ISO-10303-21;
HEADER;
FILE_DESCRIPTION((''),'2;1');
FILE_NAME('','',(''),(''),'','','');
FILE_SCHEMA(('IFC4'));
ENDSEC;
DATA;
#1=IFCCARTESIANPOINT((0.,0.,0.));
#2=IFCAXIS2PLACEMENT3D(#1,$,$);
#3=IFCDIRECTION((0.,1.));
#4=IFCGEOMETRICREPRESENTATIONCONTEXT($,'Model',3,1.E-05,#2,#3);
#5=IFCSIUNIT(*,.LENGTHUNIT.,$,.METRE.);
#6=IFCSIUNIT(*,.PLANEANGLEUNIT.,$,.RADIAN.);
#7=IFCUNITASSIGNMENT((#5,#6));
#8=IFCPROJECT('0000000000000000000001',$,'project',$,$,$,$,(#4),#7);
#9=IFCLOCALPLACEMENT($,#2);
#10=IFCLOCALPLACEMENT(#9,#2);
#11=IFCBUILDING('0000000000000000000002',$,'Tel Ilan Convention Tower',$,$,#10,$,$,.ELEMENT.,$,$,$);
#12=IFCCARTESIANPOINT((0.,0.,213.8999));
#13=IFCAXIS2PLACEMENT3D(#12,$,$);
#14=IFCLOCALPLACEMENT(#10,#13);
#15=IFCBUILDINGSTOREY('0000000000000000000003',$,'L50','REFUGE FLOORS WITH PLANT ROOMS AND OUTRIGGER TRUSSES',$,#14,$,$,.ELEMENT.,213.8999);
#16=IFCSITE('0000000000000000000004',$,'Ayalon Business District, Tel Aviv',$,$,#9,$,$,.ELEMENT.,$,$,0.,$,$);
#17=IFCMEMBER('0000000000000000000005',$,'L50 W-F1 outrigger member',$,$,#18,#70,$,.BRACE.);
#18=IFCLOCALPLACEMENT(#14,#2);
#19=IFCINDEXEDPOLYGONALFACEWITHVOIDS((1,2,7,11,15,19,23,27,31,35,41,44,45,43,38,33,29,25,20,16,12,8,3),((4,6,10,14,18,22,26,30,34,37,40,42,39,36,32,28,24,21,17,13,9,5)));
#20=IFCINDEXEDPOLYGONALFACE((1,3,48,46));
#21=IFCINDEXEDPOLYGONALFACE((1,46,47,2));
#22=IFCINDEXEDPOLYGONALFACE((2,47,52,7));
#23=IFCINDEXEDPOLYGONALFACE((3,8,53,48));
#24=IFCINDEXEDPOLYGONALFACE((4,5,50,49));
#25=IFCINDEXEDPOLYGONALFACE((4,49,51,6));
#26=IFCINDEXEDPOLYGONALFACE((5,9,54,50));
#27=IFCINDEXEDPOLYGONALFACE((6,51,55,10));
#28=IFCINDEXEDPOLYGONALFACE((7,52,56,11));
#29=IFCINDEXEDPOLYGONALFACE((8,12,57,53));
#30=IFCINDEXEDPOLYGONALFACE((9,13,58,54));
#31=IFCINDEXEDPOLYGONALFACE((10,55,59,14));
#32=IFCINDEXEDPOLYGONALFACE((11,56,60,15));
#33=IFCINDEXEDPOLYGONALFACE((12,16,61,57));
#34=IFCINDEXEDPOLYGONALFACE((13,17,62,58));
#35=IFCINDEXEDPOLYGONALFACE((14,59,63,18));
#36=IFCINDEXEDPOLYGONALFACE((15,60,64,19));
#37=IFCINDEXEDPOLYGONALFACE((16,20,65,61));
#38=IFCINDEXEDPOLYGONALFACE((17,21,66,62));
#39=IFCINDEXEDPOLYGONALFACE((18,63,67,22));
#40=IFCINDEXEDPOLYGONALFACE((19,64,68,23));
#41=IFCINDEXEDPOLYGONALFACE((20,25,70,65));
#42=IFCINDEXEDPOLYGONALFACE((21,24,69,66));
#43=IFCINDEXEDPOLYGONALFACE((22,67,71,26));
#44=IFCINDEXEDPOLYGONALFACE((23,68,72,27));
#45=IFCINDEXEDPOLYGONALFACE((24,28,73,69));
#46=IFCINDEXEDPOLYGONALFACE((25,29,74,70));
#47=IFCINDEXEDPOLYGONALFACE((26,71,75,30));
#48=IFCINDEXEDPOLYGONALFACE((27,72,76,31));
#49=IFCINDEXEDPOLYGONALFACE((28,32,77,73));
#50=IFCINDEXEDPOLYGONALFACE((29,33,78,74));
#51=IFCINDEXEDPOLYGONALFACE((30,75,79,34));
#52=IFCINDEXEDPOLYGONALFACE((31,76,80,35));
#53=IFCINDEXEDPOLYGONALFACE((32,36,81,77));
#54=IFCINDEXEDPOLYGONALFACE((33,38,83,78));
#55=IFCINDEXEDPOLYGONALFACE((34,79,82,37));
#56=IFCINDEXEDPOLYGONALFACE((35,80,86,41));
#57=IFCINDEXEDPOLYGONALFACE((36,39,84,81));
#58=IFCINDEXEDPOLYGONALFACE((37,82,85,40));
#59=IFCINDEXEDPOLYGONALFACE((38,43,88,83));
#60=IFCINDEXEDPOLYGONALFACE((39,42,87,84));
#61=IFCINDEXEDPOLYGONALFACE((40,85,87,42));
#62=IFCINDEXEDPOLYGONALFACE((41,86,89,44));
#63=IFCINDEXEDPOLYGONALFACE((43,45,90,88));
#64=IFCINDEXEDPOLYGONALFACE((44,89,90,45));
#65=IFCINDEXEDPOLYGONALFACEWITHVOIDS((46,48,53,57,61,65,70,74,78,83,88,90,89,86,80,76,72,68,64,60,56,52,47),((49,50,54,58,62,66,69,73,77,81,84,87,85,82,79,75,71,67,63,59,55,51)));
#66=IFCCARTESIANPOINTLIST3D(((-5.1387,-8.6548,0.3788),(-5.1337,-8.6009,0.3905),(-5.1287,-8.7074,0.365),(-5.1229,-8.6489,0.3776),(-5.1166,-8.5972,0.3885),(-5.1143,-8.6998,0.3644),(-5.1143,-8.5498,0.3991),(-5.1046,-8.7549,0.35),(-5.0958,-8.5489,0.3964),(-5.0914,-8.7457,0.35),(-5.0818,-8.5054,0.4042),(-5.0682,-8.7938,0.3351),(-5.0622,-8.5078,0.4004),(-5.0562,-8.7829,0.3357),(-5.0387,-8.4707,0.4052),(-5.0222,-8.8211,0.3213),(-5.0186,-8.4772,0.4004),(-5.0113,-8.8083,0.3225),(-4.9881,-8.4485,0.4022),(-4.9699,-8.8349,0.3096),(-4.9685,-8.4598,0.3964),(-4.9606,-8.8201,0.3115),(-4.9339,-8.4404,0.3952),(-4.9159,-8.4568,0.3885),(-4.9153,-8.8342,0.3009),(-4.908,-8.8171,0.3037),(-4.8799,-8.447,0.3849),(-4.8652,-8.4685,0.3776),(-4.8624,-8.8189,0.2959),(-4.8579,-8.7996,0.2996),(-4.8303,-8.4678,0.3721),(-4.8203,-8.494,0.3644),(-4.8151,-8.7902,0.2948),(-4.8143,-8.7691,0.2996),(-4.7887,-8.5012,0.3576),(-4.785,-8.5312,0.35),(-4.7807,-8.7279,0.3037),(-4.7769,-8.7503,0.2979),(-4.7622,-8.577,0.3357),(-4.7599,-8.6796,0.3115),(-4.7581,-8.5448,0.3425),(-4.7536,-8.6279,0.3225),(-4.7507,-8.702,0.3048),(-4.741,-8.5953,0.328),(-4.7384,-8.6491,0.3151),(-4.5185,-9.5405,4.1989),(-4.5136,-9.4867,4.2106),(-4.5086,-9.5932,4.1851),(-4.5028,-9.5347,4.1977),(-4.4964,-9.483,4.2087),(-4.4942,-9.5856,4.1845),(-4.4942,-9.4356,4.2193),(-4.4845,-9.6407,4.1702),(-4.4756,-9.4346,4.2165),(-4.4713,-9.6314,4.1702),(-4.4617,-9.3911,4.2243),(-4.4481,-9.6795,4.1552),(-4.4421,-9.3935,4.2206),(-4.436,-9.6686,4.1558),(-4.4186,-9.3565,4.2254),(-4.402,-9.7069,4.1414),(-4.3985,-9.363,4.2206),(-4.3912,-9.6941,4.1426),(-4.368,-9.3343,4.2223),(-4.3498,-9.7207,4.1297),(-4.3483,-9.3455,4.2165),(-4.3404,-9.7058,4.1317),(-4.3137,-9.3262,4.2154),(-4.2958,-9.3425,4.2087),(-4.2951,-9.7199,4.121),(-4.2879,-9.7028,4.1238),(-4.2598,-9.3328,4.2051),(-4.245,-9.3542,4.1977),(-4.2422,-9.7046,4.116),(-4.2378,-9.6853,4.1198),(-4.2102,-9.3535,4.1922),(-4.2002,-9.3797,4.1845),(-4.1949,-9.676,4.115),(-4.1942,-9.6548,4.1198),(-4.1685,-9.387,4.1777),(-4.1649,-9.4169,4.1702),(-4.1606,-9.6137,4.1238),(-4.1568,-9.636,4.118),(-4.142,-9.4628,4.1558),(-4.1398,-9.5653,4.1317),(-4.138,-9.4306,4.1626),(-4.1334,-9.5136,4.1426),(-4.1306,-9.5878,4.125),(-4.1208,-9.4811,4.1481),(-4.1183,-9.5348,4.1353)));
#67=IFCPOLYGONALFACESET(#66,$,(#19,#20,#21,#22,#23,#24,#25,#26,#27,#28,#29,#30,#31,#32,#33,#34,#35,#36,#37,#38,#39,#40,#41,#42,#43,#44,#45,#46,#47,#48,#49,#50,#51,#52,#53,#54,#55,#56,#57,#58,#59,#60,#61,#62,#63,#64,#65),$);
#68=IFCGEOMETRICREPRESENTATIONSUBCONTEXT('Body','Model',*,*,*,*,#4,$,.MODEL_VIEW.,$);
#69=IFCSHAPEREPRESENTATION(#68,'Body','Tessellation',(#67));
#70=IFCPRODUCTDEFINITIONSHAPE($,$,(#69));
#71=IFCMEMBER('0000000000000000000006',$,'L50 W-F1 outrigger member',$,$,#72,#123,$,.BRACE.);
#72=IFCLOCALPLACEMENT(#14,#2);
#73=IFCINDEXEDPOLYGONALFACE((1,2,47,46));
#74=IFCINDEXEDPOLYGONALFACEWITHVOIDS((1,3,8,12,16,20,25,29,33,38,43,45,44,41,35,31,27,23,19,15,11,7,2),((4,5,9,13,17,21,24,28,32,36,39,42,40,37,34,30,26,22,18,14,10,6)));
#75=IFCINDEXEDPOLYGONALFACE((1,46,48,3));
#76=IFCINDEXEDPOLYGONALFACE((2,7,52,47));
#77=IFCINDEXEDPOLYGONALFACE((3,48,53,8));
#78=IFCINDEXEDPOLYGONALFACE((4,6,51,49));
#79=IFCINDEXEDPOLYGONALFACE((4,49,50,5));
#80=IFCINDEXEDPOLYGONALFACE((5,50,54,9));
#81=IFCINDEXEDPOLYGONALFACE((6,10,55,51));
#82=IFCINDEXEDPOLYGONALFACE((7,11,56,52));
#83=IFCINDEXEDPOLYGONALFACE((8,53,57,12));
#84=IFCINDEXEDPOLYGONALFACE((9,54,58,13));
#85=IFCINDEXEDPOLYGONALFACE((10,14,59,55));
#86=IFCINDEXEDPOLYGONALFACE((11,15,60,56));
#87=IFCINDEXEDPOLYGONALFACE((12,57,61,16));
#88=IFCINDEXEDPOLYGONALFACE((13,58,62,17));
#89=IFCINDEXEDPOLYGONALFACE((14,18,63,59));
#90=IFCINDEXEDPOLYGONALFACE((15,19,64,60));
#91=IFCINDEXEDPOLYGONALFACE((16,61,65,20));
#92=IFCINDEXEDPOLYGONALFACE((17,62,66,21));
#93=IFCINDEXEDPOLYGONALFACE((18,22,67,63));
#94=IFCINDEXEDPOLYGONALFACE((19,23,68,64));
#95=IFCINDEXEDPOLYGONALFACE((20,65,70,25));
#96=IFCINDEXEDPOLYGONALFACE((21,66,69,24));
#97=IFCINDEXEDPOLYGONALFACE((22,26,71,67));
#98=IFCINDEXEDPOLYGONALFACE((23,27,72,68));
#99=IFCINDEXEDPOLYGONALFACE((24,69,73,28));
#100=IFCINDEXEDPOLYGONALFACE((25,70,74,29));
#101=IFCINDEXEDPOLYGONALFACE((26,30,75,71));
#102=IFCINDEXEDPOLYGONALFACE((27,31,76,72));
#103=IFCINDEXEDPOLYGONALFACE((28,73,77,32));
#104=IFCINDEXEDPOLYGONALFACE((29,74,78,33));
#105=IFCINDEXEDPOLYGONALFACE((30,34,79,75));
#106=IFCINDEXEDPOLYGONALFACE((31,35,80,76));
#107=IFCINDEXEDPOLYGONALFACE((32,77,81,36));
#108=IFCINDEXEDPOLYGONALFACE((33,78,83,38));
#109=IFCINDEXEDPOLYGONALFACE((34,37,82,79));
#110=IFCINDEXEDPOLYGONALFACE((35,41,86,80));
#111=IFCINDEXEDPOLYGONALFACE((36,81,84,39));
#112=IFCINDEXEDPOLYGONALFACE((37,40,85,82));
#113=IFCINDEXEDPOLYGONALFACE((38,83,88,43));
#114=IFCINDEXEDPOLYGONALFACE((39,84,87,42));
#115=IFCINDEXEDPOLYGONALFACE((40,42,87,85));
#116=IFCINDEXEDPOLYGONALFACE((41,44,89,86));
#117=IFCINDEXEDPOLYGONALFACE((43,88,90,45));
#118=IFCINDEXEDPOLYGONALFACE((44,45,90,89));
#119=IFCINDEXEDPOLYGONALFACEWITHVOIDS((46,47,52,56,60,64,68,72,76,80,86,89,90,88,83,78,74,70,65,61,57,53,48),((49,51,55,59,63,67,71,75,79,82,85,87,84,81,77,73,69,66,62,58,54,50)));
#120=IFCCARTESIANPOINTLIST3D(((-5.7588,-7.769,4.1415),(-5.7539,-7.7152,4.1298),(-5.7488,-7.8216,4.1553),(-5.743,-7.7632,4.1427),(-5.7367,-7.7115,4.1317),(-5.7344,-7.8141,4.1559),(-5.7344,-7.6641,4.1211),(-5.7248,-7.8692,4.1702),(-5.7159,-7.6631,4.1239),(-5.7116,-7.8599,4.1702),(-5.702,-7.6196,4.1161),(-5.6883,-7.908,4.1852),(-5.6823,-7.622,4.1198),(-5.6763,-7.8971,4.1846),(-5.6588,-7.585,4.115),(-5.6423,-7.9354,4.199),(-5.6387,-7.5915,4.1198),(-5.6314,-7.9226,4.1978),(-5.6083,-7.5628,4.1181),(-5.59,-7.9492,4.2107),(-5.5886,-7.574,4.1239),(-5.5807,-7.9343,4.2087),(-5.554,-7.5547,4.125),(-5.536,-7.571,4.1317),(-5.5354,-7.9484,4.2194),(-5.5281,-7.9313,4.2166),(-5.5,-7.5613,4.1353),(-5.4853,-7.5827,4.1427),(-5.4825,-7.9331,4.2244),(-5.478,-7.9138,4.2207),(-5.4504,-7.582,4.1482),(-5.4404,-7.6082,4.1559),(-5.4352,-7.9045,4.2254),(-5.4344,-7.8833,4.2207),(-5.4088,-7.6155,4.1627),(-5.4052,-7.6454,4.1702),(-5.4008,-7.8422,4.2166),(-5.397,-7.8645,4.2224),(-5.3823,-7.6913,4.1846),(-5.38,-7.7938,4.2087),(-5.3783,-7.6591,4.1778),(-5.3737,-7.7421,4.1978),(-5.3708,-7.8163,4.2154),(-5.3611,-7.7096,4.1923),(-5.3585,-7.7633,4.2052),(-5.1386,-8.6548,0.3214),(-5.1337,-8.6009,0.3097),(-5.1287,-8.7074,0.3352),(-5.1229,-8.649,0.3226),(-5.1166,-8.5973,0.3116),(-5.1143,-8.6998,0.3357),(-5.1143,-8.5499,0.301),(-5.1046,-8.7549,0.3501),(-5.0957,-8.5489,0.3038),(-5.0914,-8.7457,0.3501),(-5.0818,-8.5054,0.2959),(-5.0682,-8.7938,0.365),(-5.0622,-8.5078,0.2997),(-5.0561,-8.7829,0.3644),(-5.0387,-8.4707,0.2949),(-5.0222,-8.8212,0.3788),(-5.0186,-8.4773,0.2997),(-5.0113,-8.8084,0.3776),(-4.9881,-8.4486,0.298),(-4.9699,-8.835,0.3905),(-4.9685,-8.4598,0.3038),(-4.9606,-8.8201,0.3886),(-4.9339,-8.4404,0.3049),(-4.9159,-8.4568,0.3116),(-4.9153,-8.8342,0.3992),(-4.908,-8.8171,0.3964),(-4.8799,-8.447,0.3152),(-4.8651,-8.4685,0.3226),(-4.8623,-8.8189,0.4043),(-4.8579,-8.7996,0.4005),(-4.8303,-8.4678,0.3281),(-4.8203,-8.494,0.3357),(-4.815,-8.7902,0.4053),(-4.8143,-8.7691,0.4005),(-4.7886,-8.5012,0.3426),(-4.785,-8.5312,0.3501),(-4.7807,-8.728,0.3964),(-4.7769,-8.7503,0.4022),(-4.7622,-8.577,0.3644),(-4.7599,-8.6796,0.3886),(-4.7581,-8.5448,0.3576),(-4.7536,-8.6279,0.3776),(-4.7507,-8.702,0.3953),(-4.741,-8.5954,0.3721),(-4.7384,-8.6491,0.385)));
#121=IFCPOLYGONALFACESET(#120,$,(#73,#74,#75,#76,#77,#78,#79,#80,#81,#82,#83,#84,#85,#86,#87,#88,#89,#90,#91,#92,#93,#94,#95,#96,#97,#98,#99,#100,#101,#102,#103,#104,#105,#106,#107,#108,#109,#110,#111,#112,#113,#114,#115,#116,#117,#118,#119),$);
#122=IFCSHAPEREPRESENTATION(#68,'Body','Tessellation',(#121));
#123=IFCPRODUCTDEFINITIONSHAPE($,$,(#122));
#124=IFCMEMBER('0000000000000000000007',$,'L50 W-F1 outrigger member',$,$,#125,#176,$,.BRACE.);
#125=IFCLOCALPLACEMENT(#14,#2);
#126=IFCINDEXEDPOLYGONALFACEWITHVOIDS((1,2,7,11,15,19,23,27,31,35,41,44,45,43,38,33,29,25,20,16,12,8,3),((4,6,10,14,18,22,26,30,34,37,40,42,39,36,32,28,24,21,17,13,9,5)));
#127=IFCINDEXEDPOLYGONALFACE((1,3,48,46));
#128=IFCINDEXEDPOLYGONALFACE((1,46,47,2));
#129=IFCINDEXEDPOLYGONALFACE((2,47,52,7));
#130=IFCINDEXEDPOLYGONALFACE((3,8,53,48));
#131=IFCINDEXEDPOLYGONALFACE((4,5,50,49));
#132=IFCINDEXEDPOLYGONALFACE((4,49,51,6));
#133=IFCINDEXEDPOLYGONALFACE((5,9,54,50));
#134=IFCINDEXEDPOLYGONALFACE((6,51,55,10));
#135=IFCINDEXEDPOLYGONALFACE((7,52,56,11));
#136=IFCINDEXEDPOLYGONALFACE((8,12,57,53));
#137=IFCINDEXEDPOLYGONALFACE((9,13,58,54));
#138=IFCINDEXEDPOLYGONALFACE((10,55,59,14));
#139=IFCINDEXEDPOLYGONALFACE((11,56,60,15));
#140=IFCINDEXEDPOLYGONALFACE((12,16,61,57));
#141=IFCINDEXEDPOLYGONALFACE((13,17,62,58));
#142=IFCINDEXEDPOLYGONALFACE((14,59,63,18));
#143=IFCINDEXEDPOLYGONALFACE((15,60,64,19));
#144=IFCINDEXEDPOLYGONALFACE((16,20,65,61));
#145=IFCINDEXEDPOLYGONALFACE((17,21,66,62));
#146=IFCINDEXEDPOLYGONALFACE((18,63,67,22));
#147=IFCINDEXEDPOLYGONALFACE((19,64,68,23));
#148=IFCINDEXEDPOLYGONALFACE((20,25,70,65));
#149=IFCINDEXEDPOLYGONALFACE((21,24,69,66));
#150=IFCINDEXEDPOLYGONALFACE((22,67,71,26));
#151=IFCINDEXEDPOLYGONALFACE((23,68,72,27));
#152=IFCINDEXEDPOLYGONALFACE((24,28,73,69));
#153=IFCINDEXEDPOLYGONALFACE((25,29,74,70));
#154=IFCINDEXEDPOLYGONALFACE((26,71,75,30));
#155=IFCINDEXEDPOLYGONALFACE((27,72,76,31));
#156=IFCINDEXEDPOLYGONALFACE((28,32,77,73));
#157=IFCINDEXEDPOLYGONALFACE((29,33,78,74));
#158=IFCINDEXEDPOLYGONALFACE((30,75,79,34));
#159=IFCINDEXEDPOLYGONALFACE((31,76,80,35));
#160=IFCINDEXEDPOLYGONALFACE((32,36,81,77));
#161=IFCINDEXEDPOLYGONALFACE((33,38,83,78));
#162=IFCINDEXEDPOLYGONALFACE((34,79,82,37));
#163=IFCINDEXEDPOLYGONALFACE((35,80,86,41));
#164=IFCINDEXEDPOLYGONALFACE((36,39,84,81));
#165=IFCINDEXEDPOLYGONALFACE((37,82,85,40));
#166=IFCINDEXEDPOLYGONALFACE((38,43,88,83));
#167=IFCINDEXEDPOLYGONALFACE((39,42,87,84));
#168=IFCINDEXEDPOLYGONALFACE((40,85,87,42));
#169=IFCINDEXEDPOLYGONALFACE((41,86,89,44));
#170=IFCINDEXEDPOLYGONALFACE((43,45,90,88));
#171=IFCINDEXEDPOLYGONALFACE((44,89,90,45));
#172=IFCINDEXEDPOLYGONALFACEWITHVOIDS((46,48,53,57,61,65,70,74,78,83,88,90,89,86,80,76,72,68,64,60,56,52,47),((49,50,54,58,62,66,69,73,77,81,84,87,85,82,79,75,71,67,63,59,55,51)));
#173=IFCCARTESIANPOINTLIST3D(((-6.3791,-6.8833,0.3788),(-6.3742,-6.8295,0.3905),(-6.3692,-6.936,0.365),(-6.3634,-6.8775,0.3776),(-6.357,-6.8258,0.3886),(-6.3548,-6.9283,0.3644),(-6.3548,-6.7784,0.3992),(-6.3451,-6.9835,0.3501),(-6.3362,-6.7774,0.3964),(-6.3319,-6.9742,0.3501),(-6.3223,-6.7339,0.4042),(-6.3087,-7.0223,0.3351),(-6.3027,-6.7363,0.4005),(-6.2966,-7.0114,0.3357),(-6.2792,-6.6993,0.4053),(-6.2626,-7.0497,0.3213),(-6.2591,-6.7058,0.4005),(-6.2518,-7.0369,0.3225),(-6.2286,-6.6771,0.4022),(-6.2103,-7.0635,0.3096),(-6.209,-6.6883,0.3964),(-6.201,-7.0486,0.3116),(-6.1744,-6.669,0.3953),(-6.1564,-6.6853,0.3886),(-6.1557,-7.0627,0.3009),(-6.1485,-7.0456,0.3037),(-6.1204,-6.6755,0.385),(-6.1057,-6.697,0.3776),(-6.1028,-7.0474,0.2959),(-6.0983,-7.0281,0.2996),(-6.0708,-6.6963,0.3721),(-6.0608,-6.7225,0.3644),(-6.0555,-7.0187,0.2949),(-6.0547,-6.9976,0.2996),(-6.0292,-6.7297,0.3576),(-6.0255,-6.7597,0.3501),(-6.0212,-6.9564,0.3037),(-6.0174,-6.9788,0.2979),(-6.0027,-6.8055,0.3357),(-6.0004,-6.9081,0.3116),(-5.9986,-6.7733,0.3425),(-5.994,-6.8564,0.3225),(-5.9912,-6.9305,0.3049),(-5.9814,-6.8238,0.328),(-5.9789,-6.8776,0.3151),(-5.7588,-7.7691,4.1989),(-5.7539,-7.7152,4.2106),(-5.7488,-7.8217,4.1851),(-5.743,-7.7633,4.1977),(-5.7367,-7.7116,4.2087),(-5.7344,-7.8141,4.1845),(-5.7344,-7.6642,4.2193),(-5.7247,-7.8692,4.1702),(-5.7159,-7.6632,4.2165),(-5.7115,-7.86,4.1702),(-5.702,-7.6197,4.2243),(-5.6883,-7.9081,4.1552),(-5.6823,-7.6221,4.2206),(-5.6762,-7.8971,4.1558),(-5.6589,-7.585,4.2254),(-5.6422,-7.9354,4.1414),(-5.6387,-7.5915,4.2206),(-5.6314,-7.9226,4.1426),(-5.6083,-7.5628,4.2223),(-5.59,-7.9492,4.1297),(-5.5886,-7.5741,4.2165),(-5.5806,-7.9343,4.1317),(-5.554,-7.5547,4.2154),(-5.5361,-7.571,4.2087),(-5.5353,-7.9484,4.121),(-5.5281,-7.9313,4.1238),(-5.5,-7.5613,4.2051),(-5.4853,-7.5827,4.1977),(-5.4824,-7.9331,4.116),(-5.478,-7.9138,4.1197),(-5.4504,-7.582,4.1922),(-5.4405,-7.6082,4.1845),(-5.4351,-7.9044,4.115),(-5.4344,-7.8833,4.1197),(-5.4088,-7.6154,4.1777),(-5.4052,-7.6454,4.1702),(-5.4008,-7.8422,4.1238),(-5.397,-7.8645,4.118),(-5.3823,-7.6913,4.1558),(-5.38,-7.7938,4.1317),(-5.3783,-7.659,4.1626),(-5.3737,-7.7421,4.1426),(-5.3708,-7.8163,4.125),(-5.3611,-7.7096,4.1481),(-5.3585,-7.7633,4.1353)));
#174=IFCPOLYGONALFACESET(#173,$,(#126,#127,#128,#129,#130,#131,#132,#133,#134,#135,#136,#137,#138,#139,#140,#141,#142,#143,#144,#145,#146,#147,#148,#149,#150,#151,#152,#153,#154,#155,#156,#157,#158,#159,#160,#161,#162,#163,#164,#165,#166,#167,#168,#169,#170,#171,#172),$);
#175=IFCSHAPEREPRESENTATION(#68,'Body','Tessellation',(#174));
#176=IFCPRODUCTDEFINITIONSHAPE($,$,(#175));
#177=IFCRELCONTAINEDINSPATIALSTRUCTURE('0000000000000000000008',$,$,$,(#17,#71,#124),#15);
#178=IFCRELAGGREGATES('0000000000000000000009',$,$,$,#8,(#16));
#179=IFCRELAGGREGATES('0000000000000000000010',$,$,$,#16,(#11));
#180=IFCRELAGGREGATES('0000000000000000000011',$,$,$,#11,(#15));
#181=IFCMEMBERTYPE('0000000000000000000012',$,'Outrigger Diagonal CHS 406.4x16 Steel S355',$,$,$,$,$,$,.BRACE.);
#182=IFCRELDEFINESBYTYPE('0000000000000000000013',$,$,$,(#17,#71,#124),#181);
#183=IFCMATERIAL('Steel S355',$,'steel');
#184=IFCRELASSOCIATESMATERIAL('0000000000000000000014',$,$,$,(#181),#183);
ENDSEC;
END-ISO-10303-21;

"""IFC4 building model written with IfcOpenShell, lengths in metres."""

from ifc_helpers import new_model, si_unit, direction, frame, origin, origin_2d, place, context, subcontext, project, spatial, hollow_circle, extrude, material, material_profile, profile_set, type_object, element, save


model = new_model("IFC4")

# Units and contexts
model_context = context("Model", 3, precision=1e-05, world=origin(), true_north=direction((0.0, 1.0)))
body_context = subcontext(model_context, "Body", "Model", "MODEL_VIEW")
ifc_project = project(units=[si_unit("LENGTHUNIT", "METRE"), si_unit("PLANEANGLEUNIT", "RADIAN")], contexts=[model_context])

# Site, building, storey
site_placement = place(None, origin())
site = spatial("IfcSite", under=ifc_project, at=site_placement, Name="Ayalon Business District, Tel Aviv", CompositionType="ELEMENT", RefElevation=0.0)
building_placement = place(site_placement, origin())
building = spatial("IfcBuilding", under=site, at=building_placement, Name="Tel Ilan Convention Tower", CompositionType="ELEMENT")
storey_placement = place(building_placement, frame((0.0, 0.0, 213.8999)))
storey = spatial("IfcBuildingStorey", under=building, at=storey_placement, Name="L50", Description="REFUGE FLOORS WITH PLANT ROOMS AND OUTRIGGER TRUSSES", CompositionType="ELEMENT", Elevation=213.8999)

# Members
ifc_material_1 = material(Name="Steel S355", Category="steel")
ifc_material_profile_1 = material_profile(ifc_material_1, hollow_circle(Radius=0.2031, WallThickness=0.0161, at=origin_2d()), Name="CHS 406.4x16")
ifc_profile_set_1 = profile_set([ifc_material_profile_1], Name="Steel S355")
member_type_1 = type_object("IfcMemberType", Name="Outrigger Diagonal CHS 406.4x16 Steel S355", PredefinedType="BRACE", material=ifc_profile_set_1)
for number, where, z_axis, x_axis, name in (
    (1, (-4.3181, -9.5242, 4.1702), (-0.156195, 0.223101, -0.9622), (-0.819189, -0.573523, 0.0), "L50 W-F1 outrigger member"),
    (2, (-4.9382, -8.6384, 0.3501), (-0.156195, 0.223101, 0.9622), (-0.819189, -0.573523, 0.0), "L50 W-F1 outrigger member"),
    (3, (-5.5583, -7.7527, 4.1702), (-0.156255, 0.223099, -0.962191), (-0.819083, -0.573674, 0.0), "L50 W-F1 outrigger member"),
):
    element("IfcMember", number, at=place(storey_placement, frame(where, z_axis=z_axis, x_axis=x_axis)), inside=storey, type_object=member_type_1, Name=name, PredefinedType="BRACE", context=body_context, shape_type="SweptSolid", body=[
        extrude(hollow_circle(Radius=0.2031, WallThickness=0.0161, at=origin_2d()), origin(), (0.0, 0.0, 1.0), 3.9702),
    ])

save(model, "model.ifc")
